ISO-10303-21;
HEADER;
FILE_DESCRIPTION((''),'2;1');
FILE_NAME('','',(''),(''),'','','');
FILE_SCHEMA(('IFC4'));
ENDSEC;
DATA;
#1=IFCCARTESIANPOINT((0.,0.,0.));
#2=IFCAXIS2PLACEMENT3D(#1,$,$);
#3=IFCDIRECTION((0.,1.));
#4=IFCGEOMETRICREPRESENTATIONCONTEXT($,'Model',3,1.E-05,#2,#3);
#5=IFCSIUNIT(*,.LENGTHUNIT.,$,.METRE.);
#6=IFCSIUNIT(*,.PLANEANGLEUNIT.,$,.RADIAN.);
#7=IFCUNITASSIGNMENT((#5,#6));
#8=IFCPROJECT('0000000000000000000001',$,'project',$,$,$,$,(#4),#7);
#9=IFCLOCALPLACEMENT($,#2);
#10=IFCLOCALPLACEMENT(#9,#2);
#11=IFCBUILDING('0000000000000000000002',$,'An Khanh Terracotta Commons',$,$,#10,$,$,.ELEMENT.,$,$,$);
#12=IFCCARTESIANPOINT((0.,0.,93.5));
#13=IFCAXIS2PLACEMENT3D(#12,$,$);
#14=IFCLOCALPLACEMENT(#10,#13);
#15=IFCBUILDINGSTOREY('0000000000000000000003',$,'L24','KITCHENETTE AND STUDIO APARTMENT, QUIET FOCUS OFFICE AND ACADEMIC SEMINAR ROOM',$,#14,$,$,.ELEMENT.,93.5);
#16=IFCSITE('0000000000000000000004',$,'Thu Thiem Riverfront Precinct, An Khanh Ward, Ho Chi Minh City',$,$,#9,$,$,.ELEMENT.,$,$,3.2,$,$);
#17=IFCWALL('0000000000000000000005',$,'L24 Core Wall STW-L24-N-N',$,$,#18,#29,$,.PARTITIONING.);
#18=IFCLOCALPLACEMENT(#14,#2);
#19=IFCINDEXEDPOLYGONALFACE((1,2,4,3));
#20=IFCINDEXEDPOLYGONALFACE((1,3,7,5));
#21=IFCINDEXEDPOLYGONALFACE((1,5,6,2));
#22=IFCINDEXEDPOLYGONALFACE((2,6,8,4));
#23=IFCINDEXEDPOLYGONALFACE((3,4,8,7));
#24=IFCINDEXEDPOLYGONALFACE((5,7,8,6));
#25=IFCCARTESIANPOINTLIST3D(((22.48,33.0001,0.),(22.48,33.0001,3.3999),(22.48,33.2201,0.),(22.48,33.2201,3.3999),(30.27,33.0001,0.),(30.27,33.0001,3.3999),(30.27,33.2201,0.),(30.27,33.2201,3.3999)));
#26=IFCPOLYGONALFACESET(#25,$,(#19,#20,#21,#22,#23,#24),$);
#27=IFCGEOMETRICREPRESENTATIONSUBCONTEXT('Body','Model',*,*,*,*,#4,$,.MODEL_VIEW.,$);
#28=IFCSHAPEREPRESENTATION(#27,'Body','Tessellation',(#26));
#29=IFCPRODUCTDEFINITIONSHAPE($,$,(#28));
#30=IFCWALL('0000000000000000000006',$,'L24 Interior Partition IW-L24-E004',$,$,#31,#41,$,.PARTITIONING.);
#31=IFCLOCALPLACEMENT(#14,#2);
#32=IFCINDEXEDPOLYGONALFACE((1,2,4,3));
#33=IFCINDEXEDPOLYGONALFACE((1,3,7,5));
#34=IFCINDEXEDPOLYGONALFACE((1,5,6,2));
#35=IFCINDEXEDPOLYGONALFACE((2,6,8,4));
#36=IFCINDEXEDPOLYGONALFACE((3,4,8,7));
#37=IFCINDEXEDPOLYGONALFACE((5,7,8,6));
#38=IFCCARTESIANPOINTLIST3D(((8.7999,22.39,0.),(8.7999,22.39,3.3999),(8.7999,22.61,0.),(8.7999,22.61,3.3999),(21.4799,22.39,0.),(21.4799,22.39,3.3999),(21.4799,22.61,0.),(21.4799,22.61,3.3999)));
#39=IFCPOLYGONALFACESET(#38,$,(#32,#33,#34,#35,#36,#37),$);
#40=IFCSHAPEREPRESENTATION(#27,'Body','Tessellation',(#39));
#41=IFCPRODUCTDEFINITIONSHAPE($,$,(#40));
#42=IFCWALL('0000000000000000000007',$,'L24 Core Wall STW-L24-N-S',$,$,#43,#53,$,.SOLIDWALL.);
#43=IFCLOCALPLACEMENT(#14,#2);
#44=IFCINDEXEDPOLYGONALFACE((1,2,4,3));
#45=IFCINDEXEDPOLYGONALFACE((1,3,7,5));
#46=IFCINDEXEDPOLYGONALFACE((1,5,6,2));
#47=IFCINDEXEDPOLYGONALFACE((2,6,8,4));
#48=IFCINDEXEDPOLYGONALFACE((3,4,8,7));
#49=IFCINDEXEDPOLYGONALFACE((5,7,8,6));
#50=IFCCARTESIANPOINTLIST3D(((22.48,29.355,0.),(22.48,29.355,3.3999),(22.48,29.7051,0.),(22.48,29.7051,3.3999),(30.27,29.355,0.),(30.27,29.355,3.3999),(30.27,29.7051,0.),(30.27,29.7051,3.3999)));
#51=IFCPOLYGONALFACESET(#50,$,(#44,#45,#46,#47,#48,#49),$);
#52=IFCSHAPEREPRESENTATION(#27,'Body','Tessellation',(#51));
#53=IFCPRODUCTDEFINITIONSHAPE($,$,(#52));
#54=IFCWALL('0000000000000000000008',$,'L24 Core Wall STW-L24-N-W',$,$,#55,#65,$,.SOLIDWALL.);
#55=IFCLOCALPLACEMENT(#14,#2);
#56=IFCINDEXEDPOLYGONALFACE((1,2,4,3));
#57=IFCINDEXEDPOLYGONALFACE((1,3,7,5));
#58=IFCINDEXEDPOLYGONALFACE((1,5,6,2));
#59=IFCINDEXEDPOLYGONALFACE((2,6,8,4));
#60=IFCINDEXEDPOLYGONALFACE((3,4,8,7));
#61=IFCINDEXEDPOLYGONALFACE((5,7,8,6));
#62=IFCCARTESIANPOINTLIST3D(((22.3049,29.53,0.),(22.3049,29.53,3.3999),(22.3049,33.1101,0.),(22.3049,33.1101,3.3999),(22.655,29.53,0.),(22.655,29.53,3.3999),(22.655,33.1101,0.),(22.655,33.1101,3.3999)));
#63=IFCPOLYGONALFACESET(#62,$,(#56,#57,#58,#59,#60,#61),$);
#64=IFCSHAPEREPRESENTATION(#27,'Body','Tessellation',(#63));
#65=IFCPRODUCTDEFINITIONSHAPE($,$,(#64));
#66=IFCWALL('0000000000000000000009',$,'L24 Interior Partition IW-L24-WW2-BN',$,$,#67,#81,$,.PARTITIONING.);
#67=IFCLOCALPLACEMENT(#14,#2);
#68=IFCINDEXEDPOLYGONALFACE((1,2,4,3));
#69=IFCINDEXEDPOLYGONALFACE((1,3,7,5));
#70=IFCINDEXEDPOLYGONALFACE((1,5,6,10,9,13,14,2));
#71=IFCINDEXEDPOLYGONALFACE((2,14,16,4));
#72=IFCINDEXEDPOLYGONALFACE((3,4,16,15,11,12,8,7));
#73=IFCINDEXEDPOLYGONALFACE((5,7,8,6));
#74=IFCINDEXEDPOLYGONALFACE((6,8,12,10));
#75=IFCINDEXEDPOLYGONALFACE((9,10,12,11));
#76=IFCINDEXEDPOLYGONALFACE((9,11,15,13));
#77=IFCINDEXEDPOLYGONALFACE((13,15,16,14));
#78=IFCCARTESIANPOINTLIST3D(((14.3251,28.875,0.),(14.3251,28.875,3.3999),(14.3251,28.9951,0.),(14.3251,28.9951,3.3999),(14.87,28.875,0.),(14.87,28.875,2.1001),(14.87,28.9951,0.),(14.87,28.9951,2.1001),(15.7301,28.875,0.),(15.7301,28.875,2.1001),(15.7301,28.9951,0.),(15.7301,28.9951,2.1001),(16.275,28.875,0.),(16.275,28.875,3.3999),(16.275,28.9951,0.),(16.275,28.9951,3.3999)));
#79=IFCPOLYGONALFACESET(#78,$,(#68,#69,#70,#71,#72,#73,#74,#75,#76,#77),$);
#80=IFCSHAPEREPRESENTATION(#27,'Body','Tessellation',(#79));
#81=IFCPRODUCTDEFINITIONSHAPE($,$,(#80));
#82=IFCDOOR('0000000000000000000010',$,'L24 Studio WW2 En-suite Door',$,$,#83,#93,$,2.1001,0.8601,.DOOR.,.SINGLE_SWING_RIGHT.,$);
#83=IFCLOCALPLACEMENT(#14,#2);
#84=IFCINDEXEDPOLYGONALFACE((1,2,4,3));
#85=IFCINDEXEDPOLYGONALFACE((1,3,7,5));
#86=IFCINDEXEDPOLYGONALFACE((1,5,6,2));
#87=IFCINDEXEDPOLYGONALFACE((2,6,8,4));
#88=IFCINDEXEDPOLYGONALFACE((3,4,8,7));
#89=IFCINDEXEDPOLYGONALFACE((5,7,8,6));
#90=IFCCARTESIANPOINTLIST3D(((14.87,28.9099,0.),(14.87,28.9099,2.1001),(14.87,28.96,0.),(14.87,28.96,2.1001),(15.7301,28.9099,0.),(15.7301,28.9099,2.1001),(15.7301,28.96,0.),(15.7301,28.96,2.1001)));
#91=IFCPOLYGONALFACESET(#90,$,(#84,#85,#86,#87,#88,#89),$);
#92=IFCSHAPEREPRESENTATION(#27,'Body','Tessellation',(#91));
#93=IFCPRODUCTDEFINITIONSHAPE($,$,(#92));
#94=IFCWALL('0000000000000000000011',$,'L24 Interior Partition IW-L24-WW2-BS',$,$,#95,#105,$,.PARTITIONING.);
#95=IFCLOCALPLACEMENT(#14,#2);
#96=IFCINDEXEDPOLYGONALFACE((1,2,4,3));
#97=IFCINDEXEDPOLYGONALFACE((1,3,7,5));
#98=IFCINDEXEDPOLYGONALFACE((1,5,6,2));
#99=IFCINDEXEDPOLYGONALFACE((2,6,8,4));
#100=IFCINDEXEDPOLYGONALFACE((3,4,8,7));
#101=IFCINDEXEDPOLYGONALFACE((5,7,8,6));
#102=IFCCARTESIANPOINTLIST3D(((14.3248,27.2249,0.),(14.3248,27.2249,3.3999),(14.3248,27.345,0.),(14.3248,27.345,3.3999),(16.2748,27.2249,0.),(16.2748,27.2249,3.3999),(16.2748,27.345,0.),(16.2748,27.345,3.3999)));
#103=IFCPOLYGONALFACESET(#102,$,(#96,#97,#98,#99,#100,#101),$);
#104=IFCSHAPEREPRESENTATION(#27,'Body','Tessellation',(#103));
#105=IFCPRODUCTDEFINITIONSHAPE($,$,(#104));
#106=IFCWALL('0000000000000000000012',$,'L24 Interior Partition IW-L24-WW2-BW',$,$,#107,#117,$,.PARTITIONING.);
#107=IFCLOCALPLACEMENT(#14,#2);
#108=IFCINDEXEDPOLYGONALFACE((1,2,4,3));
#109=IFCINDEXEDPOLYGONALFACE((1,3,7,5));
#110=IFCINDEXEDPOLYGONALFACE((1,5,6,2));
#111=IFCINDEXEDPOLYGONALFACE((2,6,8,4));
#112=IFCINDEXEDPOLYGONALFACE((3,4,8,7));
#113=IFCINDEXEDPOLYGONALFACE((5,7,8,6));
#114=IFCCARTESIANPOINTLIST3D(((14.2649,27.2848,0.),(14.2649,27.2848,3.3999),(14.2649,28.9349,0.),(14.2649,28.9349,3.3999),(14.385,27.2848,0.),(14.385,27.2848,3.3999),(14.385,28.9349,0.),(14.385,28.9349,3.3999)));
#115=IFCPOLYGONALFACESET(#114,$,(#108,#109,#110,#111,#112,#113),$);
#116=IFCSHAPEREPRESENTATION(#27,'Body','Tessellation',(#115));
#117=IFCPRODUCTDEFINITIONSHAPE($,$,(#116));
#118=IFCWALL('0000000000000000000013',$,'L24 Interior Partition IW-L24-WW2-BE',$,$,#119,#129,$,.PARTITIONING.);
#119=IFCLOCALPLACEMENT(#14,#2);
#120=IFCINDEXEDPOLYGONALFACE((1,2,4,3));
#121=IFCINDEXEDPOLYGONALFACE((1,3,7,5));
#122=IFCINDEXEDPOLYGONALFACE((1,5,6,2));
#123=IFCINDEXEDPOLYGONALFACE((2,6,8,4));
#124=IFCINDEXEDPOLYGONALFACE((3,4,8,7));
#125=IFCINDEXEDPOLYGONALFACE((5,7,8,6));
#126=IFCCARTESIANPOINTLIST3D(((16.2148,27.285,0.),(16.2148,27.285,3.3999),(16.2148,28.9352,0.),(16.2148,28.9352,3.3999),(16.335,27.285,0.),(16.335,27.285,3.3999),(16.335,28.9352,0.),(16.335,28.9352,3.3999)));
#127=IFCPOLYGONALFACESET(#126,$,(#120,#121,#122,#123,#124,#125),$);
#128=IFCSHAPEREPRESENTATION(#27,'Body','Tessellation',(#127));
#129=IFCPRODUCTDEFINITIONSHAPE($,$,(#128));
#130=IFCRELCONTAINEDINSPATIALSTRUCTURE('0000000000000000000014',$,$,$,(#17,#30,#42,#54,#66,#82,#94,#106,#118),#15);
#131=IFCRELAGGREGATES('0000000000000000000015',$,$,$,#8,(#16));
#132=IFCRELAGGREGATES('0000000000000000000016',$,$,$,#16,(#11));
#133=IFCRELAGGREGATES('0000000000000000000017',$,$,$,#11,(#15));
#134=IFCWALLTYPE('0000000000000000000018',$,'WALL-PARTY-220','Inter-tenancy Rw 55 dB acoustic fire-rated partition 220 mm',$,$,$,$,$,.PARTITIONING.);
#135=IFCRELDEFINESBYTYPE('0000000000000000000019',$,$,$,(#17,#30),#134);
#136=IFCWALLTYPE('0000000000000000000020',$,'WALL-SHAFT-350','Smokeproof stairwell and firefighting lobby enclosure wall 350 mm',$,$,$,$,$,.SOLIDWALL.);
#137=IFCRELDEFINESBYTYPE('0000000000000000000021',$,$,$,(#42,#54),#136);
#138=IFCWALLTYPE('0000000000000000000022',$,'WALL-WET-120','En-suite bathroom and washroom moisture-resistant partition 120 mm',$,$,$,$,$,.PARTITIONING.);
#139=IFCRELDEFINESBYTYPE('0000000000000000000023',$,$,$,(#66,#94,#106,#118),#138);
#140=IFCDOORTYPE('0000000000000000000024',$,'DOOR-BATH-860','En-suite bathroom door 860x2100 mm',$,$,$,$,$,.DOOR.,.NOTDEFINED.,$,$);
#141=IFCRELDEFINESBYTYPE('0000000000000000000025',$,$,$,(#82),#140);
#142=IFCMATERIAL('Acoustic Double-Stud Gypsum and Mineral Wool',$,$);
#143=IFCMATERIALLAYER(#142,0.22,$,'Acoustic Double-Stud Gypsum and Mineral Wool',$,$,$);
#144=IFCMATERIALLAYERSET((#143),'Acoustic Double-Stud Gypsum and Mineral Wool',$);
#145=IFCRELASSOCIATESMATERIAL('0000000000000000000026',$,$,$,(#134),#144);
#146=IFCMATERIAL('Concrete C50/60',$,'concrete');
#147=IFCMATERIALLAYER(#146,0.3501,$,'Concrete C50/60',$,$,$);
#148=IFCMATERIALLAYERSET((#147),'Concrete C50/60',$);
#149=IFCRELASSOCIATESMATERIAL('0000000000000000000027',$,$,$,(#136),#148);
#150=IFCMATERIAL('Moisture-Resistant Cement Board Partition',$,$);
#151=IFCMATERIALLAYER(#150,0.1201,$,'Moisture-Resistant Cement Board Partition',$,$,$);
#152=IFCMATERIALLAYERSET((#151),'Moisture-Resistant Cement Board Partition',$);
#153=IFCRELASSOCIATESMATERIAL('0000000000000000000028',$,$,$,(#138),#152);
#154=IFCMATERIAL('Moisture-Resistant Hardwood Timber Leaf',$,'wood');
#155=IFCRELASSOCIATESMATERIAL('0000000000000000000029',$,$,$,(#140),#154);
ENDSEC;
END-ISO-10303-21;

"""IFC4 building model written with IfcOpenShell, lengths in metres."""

from ifc_helpers import new_model, si_unit, direction, frame, frame_2d, origin, place, context, subcontext, project, spatial, rectangle, extrude, material, layer, layer_set, type_object, element, fill, save


model = new_model("IFC4")

# Units and contexts
model_context = context("Model", 3, precision=1e-05, world=origin(), true_north=direction((0.0, 1.0)))
body_context = subcontext(model_context, "Body", "Model", "MODEL_VIEW")
ifc_project = project(units=[si_unit("LENGTHUNIT", "METRE"), si_unit("PLANEANGLEUNIT", "RADIAN")], contexts=[model_context])

# Site, building, storey
site_placement = place(None, origin())
site = spatial("IfcSite", under=ifc_project, at=site_placement, Name="Thu Thiem Riverfront Precinct, An Khanh Ward, Ho Chi Minh City", CompositionType="ELEMENT", RefElevation=3.2)
building_placement = place(site_placement, origin())
building = spatial("IfcBuilding", under=site, at=building_placement, Name="An Khanh Terracotta Commons", CompositionType="ELEMENT")
storey_placement = place(building_placement, frame((0.0, 0.0, 93.5)))
storey = spatial("IfcBuildingStorey", under=building, at=storey_placement, Name="L24", Description="KITCHENETTE AND STUDIO APARTMENT, QUIET FOCUS OFFICE AND ACADEMIC SEMINAR ROOM", CompositionType="ELEMENT", Elevation=93.5)

# Walls
ifc_material_1 = material(Name="Acoustic Double-Stud Gypsum and Mineral Wool")
ifc_layer_1 = layer(ifc_material_1, 0.22, Name="Acoustic Double-Stud Gypsum and Mineral Wool")
ifc_layer_set_1 = layer_set([ifc_layer_1], Name="Acoustic Double-Stud Gypsum and Mineral Wool")
wall_type_1 = type_object("IfcWallType", Name="WALL-PARTY-220", Description="Inter-tenancy Rw 55 dB acoustic fire-rated partition 220 mm", PredefinedType="PARTITIONING", material=ifc_layer_set_1)
wall_1_placement = place(storey_placement, frame((22.48, 33.1101, 0.0), z_axis=(0.0, 0.0, 1.0), x_axis=(1.0, 0.0, 0.0)))
element("IfcWall", 1, at=wall_1_placement, inside=storey, type_object=wall_type_1, Name="L24 Core Wall STW-L24-N-N", PredefinedType="PARTITIONING", context=body_context, shape_type="SweptSolid", body=[
    extrude(rectangle(XDim=7.79, YDim=0.22, at=frame_2d((3.895, 0.0))), origin(), (0.0, 0.0, 1.0), 3.3999),
])
wall_2_placement = place(storey_placement, frame((8.8, 22.5, 0.0), z_axis=(0.0, 0.0, 1.0), x_axis=(1.0, 0.0, 0.0)))
element("IfcWall", 2, at=wall_2_placement, inside=storey, type_object=wall_type_1, Name="L24 Interior Partition IW-L24-E004", PredefinedType="PARTITIONING", context=body_context, shape_type="SweptSolid", body=[
    extrude(rectangle(XDim=12.6799, YDim=0.22, at=frame_2d((6.3398, 0.0))), origin(), (0.0, 0.0, 1.0), 3.3999),
])
ifc_material_2 = material(Name="Concrete C50/60", Category="concrete")
ifc_layer_2 = layer(ifc_material_2, 0.3501, Name="Concrete C50/60")
ifc_layer_set_2 = layer_set([ifc_layer_2], Name="Concrete C50/60")
wall_type_2 = type_object("IfcWallType", Name="WALL-SHAFT-350", Description="Smokeproof stairwell and firefighting lobby enclosure wall 350 mm", PredefinedType="SOLIDWALL", material=ifc_layer_set_2)
wall_3_placement = place(storey_placement, frame((22.48, 29.53, 0.0), z_axis=(0.0, 0.0, 1.0), x_axis=(1.0, 0.0, 0.0)))
element("IfcWall", 3, at=wall_3_placement, inside=storey, type_object=wall_type_2, Name="L24 Core Wall STW-L24-N-S", PredefinedType="SOLIDWALL", context=body_context, shape_type="SweptSolid", body=[
    extrude(rectangle(XDim=7.79, YDim=0.3501, at=frame_2d((3.895, 0.0))), origin(), (0.0, 0.0, 1.0), 3.3999),
])
wall_4_placement = place(storey_placement, frame((22.48, 29.53, 0.0), z_axis=(0.0, 0.0, 1.0), x_axis=(0.0, 1.0, 0.0)))
element("IfcWall", 4, at=wall_4_placement, inside=storey, type_object=wall_type_2, Name="L24 Core Wall STW-L24-N-W", PredefinedType="SOLIDWALL", context=body_context, shape_type="SweptSolid", body=[
    extrude(rectangle(XDim=3.5801, YDim=0.3501, at=frame_2d((1.79, 0.0))), origin(), (0.0, 0.0, 1.0), 3.3999),
])

# Wall, opening, door
ifc_material_3 = material(Name="Moisture-Resistant Cement Board Partition")
ifc_layer_3 = layer(ifc_material_3, 0.1201, Name="Moisture-Resistant Cement Board Partition")
ifc_layer_set_3 = layer_set([ifc_layer_3], Name="Moisture-Resistant Cement Board Partition")
wall_type_3 = type_object("IfcWallType", Name="WALL-WET-120", Description="En-suite bathroom and washroom moisture-resistant partition 120 mm", PredefinedType="PARTITIONING", material=ifc_layer_set_3)
wall_5_placement = place(storey_placement, frame((14.325, 28.9351, 0.0), z_axis=(0.0, 0.0, 1.0), x_axis=(1.0, 0.0, 0.0)))
wall_5 = element("IfcWall", 5, at=wall_5_placement, inside=storey, type_object=wall_type_3, Name="L24 Interior Partition IW-L24-WW2-BN", PredefinedType="PARTITIONING", context=body_context, shape_type="SweptSolid", body=[
    extrude(rectangle(XDim=1.95, YDim=0.1201, at=frame_2d((0.9751, 0.0))), origin(), (0.0, 0.0, 1.0), 3.3999),
])
opening_1_placement = place(wall_5_placement, frame((0.5449, 0.0, 0.0)))
opening_1 = element("IfcOpeningElement", 6, at=opening_1_placement, cuts=wall_5, PredefinedType="OPENING", context=body_context, shape_type="SweptSolid", body=[
    extrude(rectangle(XDim=0.8601, YDim=2.1001, at=frame_2d((0.4302, 1.05))), frame((0.0, 0.0701, 0.0), z_axis=(0.0, -1.0, 0.0), x_axis=(1.0, 0.0, 0.0)), (0.0, 0.0, 1.0), 0.1401),
])
ifc_material_4 = material(Name="Moisture-Resistant Hardwood Timber Leaf", Category="wood")
door_type_1 = type_object("IfcDoorType", Name="DOOR-BATH-860", Description="En-suite bathroom door 860x2100 mm", OperationType="NOTDEFINED", PredefinedType="DOOR", material=ifc_material_4)
door_1_placement = place(opening_1_placement, origin())
door_1 = element("IfcDoor", 7, at=door_1_placement, inside=storey, type_object=door_type_1, Name="L24 Studio WW2 En-suite Door", OperationType="SINGLE_SWING_RIGHT", OverallHeight=2.1001, OverallWidth=0.8601, PredefinedType="DOOR", context=body_context, shape_type="SweptSolid", body=[
    extrude(rectangle(XDim=0.8601, YDim=2.1001, at=frame_2d((0.4302, 1.05))), frame((0.0, 0.0249, 0.0), z_axis=(0.0, -1.0, 0.0), x_axis=(1.0, 0.0, 0.0)), (0.0, 0.0, 1.0), 0.05),
])
fill(opening_1, door_1)

# Walls
wall_6_placement = place(storey_placement, frame((16.2749, 27.2849, 0.0), z_axis=(0.0, 0.0, 1.0), x_axis=(-1.0, 0.0, 0.0)))
element("IfcWall", 8, at=wall_6_placement, inside=storey, type_object=wall_type_3, Name="L24 Interior Partition IW-L24-WW2-BS", PredefinedType="PARTITIONING", context=body_context, shape_type="SweptSolid", body=[
    extrude(rectangle(XDim=1.95, YDim=0.1201, at=frame_2d((0.9751, 0.0))), origin(), (0.0, 0.0, 1.0), 3.3999),
])
for number, where, z_axis, x_axis, name in (
    (9, (14.325, 28.9351, 0.0), (0.0, 0.0, 1.0), (0.0, -1.0, 0.0), "L24 Interior Partition IW-L24-WW2-BW"),
    (10, (16.2749, 27.2849, 0.0), (0.0, 0.0, 1.0), (0.0, 1.0, 0.0), "L24 Interior Partition IW-L24-WW2-BE"),
):
    element("IfcWall", number, at=place(storey_placement, frame(where, z_axis=z_axis, x_axis=x_axis)), inside=storey, type_object=wall_type_3, Name=name, PredefinedType="PARTITIONING", context=body_context, shape_type="SweptSolid", body=[
        extrude(rectangle(XDim=1.6501, YDim=0.1201, at=frame_2d((0.8252, 0.0))), origin(), (0.0, 0.0, 1.0), 3.3999),
    ])

save(model, "model.ifc")
